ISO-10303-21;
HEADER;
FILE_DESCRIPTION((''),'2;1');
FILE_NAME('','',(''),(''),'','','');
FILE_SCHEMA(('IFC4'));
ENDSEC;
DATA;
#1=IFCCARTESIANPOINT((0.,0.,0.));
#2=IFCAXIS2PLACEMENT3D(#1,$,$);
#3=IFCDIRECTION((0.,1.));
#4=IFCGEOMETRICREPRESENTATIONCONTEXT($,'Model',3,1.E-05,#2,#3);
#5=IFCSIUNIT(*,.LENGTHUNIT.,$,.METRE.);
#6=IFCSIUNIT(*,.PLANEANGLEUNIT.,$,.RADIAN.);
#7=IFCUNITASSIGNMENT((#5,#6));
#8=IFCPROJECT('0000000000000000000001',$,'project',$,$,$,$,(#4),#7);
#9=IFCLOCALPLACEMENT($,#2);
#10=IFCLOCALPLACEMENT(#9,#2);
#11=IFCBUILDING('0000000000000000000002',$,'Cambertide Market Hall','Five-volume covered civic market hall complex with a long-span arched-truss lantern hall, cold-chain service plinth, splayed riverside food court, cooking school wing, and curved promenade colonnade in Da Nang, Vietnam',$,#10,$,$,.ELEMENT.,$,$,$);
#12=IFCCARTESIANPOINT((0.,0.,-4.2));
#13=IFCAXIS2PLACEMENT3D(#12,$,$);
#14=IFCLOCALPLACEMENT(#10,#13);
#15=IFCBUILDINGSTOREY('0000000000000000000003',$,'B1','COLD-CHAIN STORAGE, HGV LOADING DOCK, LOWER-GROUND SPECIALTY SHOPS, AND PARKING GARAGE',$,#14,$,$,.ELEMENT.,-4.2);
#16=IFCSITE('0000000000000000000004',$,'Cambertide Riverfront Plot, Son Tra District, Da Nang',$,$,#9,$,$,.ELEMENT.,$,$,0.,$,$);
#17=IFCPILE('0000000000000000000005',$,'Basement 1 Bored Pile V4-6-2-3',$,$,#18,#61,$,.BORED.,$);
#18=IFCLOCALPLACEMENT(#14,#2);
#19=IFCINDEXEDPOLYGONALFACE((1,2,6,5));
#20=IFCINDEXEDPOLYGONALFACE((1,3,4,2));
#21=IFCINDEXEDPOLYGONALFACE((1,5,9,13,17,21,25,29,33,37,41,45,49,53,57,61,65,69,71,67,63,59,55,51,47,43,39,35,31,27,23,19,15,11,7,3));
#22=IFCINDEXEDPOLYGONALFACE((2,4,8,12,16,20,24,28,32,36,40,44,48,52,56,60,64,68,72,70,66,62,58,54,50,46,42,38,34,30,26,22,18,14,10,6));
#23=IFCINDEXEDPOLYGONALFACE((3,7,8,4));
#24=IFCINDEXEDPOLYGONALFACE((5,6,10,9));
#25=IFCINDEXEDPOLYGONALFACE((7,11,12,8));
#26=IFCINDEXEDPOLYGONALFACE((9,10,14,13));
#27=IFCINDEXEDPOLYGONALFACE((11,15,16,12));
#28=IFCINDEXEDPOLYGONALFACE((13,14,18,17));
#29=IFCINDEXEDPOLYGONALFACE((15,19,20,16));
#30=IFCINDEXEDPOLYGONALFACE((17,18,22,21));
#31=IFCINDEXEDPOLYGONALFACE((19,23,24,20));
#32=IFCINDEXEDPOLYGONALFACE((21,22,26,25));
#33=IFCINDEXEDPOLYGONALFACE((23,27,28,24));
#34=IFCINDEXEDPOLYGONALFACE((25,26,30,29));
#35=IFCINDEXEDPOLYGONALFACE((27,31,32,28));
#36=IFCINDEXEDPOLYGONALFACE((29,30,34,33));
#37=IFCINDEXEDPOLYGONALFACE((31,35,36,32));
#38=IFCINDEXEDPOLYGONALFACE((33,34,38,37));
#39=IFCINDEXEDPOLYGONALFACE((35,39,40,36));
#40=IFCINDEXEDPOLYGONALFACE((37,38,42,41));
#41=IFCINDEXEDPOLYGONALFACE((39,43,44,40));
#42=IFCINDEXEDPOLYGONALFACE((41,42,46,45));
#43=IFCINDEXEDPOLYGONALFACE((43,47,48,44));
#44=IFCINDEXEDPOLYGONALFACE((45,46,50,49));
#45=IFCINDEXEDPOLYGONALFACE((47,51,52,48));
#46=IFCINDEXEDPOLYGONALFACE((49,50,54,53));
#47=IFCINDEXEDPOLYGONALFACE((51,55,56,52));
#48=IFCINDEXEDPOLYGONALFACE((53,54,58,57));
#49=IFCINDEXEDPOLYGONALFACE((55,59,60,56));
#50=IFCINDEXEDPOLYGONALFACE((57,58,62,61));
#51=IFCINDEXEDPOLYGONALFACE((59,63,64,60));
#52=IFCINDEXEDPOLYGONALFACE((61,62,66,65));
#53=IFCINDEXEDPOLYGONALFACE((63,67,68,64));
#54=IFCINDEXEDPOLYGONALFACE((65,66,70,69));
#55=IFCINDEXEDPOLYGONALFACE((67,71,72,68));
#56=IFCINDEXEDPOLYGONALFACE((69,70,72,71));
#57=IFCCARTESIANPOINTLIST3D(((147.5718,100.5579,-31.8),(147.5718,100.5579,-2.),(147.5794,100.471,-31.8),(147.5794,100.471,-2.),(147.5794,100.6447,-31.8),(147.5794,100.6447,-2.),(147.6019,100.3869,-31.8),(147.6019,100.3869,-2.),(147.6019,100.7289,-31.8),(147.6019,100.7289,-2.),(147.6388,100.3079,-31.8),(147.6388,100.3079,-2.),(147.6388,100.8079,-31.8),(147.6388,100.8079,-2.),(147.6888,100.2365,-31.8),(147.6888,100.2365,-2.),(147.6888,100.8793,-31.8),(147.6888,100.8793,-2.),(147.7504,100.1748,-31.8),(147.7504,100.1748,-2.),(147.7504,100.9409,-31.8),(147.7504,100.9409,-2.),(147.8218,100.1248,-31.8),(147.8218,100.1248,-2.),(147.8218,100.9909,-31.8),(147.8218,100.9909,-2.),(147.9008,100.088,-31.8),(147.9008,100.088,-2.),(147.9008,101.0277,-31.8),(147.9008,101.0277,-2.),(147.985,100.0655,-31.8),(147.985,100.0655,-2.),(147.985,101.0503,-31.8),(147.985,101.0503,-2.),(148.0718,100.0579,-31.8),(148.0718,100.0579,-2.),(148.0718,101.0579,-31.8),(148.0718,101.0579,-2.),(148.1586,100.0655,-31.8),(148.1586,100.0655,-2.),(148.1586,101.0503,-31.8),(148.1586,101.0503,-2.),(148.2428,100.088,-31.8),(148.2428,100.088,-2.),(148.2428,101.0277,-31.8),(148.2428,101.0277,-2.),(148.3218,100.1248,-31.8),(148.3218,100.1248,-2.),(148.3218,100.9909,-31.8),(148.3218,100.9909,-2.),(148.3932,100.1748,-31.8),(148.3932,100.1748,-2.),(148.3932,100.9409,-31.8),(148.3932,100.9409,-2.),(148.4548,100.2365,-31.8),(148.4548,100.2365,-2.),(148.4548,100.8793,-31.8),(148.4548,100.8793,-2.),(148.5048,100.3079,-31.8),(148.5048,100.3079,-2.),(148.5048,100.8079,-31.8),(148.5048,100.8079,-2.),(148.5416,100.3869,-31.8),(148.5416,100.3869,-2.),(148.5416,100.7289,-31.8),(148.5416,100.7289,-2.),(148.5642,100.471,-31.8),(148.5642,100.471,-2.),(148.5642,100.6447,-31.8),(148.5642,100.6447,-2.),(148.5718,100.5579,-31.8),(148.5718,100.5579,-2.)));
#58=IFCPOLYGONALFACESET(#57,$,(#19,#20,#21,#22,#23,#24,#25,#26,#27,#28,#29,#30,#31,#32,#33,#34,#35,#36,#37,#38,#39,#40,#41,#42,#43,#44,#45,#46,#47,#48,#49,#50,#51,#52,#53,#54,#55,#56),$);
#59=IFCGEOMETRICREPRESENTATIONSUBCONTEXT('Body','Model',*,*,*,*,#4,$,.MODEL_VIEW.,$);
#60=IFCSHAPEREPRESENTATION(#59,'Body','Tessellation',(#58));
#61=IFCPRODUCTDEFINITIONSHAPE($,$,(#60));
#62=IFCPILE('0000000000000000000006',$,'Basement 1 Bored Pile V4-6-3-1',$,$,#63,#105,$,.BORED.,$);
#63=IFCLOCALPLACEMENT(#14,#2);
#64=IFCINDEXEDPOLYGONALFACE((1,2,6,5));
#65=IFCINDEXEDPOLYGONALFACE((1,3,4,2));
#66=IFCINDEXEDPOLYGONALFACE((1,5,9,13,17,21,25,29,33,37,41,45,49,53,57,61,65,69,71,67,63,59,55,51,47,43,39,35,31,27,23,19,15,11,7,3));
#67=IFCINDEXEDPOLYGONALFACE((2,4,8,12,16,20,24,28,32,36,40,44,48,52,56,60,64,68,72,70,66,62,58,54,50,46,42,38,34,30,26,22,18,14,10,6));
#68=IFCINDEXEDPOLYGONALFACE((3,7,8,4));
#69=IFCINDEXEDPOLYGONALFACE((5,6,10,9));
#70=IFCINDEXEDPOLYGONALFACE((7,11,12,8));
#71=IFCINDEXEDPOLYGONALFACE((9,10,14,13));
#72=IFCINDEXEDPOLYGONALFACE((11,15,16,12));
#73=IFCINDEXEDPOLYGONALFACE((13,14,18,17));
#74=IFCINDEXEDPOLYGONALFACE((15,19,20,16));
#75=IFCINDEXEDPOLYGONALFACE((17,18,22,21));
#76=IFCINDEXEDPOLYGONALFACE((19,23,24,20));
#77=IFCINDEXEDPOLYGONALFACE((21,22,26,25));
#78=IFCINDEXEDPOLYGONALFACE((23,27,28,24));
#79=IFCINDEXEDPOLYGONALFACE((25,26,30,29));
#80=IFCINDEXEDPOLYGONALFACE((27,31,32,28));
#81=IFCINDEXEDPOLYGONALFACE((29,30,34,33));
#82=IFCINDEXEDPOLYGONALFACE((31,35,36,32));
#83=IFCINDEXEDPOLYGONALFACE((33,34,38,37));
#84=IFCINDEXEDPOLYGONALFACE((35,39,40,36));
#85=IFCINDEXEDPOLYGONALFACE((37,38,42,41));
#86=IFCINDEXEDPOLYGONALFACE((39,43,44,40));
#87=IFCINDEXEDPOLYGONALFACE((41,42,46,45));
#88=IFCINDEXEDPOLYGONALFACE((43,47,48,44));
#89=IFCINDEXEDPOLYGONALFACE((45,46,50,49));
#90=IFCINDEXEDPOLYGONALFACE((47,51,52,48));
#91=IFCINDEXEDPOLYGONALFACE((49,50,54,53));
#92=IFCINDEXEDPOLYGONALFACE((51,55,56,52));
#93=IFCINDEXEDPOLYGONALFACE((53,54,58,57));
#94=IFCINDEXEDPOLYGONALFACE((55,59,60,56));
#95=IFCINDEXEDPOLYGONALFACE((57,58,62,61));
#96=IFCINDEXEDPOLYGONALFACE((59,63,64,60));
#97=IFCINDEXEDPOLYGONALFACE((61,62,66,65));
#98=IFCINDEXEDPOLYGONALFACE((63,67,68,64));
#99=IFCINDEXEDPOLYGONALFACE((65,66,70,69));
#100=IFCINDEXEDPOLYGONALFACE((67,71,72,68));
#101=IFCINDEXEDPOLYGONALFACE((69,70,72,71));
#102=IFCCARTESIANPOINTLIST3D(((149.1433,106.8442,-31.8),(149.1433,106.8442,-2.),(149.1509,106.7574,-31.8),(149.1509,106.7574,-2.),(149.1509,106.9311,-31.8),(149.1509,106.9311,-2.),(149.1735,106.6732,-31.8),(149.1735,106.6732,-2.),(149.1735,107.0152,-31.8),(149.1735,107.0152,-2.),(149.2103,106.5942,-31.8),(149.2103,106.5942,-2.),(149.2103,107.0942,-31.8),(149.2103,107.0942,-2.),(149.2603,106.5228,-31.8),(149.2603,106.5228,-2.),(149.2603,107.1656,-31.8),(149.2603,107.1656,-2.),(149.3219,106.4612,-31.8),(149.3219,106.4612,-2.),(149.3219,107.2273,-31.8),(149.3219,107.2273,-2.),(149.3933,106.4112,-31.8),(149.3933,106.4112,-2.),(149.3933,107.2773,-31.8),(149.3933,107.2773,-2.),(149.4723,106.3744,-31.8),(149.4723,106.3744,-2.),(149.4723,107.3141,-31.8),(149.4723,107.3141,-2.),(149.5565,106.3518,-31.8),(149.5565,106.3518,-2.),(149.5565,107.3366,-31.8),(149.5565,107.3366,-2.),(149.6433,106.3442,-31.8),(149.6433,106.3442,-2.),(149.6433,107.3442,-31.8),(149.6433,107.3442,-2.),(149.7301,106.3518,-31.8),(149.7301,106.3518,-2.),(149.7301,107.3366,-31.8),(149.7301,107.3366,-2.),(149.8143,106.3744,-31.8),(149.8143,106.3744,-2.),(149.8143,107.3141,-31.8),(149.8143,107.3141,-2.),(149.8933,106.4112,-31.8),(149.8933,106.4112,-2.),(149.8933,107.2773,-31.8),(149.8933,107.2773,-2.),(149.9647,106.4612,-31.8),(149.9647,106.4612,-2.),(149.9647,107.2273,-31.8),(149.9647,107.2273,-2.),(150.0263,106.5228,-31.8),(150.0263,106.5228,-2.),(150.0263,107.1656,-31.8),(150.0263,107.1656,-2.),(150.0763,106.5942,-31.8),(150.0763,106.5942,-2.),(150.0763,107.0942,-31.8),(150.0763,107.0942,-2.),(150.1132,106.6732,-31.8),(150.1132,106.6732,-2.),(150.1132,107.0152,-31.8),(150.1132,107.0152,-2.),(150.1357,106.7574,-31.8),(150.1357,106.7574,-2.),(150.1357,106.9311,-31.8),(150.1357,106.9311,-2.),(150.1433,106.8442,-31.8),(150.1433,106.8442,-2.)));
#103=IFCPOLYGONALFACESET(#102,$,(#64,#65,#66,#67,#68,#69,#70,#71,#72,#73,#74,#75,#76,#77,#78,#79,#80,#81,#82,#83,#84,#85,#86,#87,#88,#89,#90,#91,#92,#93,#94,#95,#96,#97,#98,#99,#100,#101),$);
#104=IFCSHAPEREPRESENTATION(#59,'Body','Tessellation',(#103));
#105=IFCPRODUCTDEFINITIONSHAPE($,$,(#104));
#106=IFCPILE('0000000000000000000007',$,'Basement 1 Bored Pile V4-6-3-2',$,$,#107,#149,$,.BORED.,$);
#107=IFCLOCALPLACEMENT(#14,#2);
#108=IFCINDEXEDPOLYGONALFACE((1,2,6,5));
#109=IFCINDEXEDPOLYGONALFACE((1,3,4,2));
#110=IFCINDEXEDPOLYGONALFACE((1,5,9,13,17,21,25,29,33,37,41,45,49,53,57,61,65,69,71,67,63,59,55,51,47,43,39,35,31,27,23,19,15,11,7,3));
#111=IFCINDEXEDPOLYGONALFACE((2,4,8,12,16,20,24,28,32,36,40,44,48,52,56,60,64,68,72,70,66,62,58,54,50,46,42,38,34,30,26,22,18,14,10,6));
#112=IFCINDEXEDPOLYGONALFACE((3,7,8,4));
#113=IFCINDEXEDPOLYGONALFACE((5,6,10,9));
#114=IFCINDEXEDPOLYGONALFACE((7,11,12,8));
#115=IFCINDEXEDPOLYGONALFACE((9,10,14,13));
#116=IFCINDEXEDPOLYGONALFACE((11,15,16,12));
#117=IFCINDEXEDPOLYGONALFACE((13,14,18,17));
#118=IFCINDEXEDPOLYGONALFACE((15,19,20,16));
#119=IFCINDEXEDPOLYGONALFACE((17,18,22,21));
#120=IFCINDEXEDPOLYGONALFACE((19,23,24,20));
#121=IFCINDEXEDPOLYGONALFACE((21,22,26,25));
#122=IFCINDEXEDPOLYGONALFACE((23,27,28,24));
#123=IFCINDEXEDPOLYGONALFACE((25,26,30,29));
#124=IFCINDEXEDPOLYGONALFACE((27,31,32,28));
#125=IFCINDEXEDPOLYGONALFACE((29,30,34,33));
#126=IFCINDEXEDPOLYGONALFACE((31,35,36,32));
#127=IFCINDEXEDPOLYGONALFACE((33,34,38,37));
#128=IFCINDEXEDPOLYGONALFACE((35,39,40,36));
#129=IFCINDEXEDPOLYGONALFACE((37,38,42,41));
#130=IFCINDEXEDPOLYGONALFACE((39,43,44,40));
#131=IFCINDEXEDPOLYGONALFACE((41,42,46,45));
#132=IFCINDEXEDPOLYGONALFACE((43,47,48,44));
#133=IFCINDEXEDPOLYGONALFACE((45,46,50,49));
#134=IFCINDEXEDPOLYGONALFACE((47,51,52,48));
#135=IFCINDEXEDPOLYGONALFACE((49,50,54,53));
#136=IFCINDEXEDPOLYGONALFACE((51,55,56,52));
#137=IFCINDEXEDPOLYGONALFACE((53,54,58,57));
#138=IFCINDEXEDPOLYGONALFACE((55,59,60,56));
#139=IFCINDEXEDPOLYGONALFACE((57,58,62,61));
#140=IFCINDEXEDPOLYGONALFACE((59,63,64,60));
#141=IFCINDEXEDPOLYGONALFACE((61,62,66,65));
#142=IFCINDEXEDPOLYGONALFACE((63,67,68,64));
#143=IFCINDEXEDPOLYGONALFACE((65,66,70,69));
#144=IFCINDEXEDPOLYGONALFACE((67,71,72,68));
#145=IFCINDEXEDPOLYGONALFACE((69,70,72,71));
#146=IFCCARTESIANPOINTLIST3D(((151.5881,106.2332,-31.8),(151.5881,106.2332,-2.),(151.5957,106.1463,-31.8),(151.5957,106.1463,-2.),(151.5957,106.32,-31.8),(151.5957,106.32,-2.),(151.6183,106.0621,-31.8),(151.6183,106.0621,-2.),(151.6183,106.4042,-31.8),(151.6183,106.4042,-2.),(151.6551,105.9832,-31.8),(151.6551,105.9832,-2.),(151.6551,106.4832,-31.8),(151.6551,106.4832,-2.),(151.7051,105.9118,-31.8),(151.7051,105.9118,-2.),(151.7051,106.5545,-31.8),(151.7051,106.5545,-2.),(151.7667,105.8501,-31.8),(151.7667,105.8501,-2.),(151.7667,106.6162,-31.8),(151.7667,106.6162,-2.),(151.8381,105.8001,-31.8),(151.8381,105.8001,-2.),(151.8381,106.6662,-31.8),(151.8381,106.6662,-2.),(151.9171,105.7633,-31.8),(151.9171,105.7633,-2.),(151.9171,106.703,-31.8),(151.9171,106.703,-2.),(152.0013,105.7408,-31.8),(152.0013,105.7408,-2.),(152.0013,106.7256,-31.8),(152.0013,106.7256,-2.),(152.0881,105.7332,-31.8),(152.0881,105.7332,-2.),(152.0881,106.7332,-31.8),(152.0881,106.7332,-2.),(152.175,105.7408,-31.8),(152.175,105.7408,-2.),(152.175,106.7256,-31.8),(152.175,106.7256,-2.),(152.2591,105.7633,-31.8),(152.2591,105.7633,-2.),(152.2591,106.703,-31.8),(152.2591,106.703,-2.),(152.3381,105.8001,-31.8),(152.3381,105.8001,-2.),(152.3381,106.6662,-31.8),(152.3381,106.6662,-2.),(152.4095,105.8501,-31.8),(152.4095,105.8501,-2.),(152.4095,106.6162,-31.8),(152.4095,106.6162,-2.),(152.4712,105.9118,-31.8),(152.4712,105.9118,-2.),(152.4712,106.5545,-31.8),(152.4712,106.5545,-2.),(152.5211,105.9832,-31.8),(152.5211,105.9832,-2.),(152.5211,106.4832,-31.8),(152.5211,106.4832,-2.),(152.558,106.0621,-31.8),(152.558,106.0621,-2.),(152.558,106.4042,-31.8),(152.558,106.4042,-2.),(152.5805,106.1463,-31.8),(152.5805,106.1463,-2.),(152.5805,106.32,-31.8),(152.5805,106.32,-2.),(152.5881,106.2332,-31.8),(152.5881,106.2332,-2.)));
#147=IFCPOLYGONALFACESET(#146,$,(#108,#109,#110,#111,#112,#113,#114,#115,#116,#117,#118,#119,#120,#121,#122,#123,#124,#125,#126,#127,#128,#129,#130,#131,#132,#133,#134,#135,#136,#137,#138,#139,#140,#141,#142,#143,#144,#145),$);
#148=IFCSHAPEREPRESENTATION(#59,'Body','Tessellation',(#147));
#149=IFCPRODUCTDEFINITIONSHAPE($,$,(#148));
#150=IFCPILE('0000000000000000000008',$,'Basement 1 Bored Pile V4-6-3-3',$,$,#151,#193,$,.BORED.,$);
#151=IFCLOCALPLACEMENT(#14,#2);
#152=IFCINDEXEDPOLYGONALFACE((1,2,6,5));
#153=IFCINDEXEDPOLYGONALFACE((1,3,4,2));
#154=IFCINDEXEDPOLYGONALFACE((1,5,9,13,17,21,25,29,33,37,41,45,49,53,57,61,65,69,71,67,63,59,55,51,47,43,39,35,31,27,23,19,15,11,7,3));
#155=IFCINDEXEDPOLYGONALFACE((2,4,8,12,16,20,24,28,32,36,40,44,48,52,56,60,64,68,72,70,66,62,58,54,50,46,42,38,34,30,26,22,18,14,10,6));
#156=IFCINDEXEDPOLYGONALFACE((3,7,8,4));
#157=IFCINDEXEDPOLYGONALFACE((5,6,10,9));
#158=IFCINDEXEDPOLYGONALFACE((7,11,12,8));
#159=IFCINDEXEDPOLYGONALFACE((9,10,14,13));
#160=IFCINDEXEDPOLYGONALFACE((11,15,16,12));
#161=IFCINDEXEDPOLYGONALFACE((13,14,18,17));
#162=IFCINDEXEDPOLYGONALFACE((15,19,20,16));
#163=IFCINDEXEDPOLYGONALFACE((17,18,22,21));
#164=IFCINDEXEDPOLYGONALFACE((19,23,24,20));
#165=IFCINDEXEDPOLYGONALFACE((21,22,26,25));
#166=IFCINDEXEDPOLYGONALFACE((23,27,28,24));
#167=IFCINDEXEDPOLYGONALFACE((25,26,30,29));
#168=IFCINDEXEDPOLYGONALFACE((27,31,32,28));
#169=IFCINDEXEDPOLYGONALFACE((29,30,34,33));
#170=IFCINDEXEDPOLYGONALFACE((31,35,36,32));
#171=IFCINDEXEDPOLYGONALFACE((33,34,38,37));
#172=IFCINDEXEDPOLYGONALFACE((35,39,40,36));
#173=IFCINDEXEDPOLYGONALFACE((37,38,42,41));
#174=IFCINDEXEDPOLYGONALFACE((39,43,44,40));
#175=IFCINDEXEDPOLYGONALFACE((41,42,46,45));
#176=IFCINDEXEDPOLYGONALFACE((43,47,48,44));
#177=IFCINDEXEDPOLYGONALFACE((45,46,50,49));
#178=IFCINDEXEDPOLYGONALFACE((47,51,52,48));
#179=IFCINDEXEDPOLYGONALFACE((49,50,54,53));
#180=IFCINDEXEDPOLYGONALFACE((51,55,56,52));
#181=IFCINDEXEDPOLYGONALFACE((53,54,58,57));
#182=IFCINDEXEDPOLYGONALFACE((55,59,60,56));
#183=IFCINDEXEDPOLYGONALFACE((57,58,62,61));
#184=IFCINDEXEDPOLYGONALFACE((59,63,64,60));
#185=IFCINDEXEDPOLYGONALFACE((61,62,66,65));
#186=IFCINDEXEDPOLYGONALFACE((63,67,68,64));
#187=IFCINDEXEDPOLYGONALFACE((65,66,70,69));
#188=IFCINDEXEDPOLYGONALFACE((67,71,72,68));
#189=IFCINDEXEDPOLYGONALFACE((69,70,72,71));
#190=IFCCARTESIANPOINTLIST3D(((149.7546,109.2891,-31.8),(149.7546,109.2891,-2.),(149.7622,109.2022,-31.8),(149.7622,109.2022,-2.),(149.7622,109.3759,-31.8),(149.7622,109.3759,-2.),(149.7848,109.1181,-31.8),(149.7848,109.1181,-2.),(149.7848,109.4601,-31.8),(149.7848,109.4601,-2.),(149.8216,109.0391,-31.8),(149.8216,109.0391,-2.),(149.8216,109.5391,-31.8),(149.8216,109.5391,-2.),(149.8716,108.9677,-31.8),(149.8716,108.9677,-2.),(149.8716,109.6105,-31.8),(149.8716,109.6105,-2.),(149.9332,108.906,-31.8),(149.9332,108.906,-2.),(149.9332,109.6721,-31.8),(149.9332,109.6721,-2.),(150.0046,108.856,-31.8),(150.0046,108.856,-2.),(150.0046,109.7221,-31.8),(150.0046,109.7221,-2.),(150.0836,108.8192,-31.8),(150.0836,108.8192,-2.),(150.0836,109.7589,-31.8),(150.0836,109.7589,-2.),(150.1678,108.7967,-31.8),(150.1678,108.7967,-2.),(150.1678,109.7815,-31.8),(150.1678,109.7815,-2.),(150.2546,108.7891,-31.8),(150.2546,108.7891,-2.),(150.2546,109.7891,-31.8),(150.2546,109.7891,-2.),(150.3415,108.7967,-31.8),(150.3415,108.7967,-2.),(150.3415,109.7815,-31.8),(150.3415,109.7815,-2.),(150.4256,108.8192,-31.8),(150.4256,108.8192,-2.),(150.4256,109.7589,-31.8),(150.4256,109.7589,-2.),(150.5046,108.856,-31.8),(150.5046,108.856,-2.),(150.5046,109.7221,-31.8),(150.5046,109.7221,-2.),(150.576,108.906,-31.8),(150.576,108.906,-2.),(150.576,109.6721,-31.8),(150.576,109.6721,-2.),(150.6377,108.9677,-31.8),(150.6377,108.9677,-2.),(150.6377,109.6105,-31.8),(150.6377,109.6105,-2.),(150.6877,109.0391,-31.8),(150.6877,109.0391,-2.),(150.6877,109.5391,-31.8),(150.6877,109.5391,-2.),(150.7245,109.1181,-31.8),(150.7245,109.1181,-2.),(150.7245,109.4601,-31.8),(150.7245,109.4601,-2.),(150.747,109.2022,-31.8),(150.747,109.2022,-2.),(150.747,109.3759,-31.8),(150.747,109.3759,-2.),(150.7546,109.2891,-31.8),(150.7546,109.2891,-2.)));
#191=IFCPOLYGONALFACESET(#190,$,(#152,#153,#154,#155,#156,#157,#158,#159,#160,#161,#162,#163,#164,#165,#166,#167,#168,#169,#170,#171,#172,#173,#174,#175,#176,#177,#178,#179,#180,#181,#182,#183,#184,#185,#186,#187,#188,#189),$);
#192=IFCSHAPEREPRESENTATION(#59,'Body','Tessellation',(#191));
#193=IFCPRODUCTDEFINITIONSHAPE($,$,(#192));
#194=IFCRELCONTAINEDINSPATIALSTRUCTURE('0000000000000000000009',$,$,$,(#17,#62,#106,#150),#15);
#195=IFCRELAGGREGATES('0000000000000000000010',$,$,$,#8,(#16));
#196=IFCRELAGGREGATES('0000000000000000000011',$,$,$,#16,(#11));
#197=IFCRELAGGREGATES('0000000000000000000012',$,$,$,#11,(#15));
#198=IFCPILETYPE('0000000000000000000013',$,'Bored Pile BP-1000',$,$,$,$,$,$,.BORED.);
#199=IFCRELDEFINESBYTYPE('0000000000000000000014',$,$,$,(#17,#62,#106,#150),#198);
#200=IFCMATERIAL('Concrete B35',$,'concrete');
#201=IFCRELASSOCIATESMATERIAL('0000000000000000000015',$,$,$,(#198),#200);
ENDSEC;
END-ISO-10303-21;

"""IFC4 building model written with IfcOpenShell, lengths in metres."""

from ifc_helpers import new_model, si_unit, direction, frame, origin, origin_2d, place, context, subcontext, project, spatial, circle, extrude, material, material_profile, profile_set, type_object, element, save


model = new_model("IFC4")

# Units and contexts
model_context = context("Model", 3, precision=1e-05, world=origin(), true_north=direction((0.0, 1.0)))
body_context = subcontext(model_context, "Body", "Model", "MODEL_VIEW")
ifc_project = project(units=[si_unit("LENGTHUNIT", "METRE"), si_unit("PLANEANGLEUNIT", "RADIAN")], contexts=[model_context])

# Site, building, storey
site_placement = place(None, origin())
site = spatial("IfcSite", under=ifc_project, at=site_placement, Name="Cambertide Riverfront Plot, Son Tra District, Da Nang", CompositionType="ELEMENT", RefElevation=0.0)
building_placement = place(site_placement, origin())
building = spatial("IfcBuilding", under=site, at=building_placement, Name="Cambertide Market Hall", Description="Five-volume covered civic market hall complex with a long-span arched-truss lantern hall, cold-chain service plinth, splayed riverside food court, cooking school wing, and curved promenade colonnade in Da Nang, Vietnam", CompositionType="ELEMENT")
storey_placement = place(building_placement, frame((0.0, 0.0, -4.2)))
storey = spatial("IfcBuildingStorey", under=building, at=storey_placement, Name="B1", Description="COLD-CHAIN STORAGE, HGV LOADING DOCK, LOWER-GROUND SPECIALTY SHOPS, AND PARKING GARAGE", CompositionType="ELEMENT", Elevation=-4.2)

# Piles
ifc_material_1 = material(Name="Concrete B35", Category="concrete")
ifc_material_profile_1 = material_profile(ifc_material_1, circle(Radius=0.5, at=origin_2d()), Name="BP D1000")
ifc_profile_set_1 = profile_set([ifc_material_profile_1], Name="Concrete B35")
pile_type_1 = type_object("IfcPileType", Name="Bored Pile BP-1000", PredefinedType="BORED", material=ifc_profile_set_1)
for number, where, z_axis, x_axis, name in (
    (1, (148.0718, 100.5579, -2.0), (0.0, 0.0, -1.0), (1.0, 0.0, 0.0), "Basement 1 Bored Pile V4-6-2-3"),
    (2, (149.6433, 106.8442, -2.0), (0.0, 0.0, -1.0), (1.0, 0.0, 0.0), "Basement 1 Bored Pile V4-6-3-1"),
    (3, (152.0881, 106.2332, -2.0), (0.0, 0.0, -1.0), (1.0, 0.0, 0.0), "Basement 1 Bored Pile V4-6-3-2"),
    (4, (150.2546, 109.2891, -2.0), (0.0, 0.0, -1.0), (1.0, 0.0, 0.0), "Basement 1 Bored Pile V4-6-3-3"),
):
    element("IfcPile", number, at=place(storey_placement, frame(where, z_axis=z_axis, x_axis=x_axis)), inside=storey, type_object=pile_type_1, Name=name, PredefinedType="BORED", context=body_context, shape_type="SweptSolid", body=[
        extrude(circle(Radius=0.5, at=origin_2d()), origin(), (0.0, 0.0, 1.0), 29.8),
    ])

save(model, "model.ifc")
